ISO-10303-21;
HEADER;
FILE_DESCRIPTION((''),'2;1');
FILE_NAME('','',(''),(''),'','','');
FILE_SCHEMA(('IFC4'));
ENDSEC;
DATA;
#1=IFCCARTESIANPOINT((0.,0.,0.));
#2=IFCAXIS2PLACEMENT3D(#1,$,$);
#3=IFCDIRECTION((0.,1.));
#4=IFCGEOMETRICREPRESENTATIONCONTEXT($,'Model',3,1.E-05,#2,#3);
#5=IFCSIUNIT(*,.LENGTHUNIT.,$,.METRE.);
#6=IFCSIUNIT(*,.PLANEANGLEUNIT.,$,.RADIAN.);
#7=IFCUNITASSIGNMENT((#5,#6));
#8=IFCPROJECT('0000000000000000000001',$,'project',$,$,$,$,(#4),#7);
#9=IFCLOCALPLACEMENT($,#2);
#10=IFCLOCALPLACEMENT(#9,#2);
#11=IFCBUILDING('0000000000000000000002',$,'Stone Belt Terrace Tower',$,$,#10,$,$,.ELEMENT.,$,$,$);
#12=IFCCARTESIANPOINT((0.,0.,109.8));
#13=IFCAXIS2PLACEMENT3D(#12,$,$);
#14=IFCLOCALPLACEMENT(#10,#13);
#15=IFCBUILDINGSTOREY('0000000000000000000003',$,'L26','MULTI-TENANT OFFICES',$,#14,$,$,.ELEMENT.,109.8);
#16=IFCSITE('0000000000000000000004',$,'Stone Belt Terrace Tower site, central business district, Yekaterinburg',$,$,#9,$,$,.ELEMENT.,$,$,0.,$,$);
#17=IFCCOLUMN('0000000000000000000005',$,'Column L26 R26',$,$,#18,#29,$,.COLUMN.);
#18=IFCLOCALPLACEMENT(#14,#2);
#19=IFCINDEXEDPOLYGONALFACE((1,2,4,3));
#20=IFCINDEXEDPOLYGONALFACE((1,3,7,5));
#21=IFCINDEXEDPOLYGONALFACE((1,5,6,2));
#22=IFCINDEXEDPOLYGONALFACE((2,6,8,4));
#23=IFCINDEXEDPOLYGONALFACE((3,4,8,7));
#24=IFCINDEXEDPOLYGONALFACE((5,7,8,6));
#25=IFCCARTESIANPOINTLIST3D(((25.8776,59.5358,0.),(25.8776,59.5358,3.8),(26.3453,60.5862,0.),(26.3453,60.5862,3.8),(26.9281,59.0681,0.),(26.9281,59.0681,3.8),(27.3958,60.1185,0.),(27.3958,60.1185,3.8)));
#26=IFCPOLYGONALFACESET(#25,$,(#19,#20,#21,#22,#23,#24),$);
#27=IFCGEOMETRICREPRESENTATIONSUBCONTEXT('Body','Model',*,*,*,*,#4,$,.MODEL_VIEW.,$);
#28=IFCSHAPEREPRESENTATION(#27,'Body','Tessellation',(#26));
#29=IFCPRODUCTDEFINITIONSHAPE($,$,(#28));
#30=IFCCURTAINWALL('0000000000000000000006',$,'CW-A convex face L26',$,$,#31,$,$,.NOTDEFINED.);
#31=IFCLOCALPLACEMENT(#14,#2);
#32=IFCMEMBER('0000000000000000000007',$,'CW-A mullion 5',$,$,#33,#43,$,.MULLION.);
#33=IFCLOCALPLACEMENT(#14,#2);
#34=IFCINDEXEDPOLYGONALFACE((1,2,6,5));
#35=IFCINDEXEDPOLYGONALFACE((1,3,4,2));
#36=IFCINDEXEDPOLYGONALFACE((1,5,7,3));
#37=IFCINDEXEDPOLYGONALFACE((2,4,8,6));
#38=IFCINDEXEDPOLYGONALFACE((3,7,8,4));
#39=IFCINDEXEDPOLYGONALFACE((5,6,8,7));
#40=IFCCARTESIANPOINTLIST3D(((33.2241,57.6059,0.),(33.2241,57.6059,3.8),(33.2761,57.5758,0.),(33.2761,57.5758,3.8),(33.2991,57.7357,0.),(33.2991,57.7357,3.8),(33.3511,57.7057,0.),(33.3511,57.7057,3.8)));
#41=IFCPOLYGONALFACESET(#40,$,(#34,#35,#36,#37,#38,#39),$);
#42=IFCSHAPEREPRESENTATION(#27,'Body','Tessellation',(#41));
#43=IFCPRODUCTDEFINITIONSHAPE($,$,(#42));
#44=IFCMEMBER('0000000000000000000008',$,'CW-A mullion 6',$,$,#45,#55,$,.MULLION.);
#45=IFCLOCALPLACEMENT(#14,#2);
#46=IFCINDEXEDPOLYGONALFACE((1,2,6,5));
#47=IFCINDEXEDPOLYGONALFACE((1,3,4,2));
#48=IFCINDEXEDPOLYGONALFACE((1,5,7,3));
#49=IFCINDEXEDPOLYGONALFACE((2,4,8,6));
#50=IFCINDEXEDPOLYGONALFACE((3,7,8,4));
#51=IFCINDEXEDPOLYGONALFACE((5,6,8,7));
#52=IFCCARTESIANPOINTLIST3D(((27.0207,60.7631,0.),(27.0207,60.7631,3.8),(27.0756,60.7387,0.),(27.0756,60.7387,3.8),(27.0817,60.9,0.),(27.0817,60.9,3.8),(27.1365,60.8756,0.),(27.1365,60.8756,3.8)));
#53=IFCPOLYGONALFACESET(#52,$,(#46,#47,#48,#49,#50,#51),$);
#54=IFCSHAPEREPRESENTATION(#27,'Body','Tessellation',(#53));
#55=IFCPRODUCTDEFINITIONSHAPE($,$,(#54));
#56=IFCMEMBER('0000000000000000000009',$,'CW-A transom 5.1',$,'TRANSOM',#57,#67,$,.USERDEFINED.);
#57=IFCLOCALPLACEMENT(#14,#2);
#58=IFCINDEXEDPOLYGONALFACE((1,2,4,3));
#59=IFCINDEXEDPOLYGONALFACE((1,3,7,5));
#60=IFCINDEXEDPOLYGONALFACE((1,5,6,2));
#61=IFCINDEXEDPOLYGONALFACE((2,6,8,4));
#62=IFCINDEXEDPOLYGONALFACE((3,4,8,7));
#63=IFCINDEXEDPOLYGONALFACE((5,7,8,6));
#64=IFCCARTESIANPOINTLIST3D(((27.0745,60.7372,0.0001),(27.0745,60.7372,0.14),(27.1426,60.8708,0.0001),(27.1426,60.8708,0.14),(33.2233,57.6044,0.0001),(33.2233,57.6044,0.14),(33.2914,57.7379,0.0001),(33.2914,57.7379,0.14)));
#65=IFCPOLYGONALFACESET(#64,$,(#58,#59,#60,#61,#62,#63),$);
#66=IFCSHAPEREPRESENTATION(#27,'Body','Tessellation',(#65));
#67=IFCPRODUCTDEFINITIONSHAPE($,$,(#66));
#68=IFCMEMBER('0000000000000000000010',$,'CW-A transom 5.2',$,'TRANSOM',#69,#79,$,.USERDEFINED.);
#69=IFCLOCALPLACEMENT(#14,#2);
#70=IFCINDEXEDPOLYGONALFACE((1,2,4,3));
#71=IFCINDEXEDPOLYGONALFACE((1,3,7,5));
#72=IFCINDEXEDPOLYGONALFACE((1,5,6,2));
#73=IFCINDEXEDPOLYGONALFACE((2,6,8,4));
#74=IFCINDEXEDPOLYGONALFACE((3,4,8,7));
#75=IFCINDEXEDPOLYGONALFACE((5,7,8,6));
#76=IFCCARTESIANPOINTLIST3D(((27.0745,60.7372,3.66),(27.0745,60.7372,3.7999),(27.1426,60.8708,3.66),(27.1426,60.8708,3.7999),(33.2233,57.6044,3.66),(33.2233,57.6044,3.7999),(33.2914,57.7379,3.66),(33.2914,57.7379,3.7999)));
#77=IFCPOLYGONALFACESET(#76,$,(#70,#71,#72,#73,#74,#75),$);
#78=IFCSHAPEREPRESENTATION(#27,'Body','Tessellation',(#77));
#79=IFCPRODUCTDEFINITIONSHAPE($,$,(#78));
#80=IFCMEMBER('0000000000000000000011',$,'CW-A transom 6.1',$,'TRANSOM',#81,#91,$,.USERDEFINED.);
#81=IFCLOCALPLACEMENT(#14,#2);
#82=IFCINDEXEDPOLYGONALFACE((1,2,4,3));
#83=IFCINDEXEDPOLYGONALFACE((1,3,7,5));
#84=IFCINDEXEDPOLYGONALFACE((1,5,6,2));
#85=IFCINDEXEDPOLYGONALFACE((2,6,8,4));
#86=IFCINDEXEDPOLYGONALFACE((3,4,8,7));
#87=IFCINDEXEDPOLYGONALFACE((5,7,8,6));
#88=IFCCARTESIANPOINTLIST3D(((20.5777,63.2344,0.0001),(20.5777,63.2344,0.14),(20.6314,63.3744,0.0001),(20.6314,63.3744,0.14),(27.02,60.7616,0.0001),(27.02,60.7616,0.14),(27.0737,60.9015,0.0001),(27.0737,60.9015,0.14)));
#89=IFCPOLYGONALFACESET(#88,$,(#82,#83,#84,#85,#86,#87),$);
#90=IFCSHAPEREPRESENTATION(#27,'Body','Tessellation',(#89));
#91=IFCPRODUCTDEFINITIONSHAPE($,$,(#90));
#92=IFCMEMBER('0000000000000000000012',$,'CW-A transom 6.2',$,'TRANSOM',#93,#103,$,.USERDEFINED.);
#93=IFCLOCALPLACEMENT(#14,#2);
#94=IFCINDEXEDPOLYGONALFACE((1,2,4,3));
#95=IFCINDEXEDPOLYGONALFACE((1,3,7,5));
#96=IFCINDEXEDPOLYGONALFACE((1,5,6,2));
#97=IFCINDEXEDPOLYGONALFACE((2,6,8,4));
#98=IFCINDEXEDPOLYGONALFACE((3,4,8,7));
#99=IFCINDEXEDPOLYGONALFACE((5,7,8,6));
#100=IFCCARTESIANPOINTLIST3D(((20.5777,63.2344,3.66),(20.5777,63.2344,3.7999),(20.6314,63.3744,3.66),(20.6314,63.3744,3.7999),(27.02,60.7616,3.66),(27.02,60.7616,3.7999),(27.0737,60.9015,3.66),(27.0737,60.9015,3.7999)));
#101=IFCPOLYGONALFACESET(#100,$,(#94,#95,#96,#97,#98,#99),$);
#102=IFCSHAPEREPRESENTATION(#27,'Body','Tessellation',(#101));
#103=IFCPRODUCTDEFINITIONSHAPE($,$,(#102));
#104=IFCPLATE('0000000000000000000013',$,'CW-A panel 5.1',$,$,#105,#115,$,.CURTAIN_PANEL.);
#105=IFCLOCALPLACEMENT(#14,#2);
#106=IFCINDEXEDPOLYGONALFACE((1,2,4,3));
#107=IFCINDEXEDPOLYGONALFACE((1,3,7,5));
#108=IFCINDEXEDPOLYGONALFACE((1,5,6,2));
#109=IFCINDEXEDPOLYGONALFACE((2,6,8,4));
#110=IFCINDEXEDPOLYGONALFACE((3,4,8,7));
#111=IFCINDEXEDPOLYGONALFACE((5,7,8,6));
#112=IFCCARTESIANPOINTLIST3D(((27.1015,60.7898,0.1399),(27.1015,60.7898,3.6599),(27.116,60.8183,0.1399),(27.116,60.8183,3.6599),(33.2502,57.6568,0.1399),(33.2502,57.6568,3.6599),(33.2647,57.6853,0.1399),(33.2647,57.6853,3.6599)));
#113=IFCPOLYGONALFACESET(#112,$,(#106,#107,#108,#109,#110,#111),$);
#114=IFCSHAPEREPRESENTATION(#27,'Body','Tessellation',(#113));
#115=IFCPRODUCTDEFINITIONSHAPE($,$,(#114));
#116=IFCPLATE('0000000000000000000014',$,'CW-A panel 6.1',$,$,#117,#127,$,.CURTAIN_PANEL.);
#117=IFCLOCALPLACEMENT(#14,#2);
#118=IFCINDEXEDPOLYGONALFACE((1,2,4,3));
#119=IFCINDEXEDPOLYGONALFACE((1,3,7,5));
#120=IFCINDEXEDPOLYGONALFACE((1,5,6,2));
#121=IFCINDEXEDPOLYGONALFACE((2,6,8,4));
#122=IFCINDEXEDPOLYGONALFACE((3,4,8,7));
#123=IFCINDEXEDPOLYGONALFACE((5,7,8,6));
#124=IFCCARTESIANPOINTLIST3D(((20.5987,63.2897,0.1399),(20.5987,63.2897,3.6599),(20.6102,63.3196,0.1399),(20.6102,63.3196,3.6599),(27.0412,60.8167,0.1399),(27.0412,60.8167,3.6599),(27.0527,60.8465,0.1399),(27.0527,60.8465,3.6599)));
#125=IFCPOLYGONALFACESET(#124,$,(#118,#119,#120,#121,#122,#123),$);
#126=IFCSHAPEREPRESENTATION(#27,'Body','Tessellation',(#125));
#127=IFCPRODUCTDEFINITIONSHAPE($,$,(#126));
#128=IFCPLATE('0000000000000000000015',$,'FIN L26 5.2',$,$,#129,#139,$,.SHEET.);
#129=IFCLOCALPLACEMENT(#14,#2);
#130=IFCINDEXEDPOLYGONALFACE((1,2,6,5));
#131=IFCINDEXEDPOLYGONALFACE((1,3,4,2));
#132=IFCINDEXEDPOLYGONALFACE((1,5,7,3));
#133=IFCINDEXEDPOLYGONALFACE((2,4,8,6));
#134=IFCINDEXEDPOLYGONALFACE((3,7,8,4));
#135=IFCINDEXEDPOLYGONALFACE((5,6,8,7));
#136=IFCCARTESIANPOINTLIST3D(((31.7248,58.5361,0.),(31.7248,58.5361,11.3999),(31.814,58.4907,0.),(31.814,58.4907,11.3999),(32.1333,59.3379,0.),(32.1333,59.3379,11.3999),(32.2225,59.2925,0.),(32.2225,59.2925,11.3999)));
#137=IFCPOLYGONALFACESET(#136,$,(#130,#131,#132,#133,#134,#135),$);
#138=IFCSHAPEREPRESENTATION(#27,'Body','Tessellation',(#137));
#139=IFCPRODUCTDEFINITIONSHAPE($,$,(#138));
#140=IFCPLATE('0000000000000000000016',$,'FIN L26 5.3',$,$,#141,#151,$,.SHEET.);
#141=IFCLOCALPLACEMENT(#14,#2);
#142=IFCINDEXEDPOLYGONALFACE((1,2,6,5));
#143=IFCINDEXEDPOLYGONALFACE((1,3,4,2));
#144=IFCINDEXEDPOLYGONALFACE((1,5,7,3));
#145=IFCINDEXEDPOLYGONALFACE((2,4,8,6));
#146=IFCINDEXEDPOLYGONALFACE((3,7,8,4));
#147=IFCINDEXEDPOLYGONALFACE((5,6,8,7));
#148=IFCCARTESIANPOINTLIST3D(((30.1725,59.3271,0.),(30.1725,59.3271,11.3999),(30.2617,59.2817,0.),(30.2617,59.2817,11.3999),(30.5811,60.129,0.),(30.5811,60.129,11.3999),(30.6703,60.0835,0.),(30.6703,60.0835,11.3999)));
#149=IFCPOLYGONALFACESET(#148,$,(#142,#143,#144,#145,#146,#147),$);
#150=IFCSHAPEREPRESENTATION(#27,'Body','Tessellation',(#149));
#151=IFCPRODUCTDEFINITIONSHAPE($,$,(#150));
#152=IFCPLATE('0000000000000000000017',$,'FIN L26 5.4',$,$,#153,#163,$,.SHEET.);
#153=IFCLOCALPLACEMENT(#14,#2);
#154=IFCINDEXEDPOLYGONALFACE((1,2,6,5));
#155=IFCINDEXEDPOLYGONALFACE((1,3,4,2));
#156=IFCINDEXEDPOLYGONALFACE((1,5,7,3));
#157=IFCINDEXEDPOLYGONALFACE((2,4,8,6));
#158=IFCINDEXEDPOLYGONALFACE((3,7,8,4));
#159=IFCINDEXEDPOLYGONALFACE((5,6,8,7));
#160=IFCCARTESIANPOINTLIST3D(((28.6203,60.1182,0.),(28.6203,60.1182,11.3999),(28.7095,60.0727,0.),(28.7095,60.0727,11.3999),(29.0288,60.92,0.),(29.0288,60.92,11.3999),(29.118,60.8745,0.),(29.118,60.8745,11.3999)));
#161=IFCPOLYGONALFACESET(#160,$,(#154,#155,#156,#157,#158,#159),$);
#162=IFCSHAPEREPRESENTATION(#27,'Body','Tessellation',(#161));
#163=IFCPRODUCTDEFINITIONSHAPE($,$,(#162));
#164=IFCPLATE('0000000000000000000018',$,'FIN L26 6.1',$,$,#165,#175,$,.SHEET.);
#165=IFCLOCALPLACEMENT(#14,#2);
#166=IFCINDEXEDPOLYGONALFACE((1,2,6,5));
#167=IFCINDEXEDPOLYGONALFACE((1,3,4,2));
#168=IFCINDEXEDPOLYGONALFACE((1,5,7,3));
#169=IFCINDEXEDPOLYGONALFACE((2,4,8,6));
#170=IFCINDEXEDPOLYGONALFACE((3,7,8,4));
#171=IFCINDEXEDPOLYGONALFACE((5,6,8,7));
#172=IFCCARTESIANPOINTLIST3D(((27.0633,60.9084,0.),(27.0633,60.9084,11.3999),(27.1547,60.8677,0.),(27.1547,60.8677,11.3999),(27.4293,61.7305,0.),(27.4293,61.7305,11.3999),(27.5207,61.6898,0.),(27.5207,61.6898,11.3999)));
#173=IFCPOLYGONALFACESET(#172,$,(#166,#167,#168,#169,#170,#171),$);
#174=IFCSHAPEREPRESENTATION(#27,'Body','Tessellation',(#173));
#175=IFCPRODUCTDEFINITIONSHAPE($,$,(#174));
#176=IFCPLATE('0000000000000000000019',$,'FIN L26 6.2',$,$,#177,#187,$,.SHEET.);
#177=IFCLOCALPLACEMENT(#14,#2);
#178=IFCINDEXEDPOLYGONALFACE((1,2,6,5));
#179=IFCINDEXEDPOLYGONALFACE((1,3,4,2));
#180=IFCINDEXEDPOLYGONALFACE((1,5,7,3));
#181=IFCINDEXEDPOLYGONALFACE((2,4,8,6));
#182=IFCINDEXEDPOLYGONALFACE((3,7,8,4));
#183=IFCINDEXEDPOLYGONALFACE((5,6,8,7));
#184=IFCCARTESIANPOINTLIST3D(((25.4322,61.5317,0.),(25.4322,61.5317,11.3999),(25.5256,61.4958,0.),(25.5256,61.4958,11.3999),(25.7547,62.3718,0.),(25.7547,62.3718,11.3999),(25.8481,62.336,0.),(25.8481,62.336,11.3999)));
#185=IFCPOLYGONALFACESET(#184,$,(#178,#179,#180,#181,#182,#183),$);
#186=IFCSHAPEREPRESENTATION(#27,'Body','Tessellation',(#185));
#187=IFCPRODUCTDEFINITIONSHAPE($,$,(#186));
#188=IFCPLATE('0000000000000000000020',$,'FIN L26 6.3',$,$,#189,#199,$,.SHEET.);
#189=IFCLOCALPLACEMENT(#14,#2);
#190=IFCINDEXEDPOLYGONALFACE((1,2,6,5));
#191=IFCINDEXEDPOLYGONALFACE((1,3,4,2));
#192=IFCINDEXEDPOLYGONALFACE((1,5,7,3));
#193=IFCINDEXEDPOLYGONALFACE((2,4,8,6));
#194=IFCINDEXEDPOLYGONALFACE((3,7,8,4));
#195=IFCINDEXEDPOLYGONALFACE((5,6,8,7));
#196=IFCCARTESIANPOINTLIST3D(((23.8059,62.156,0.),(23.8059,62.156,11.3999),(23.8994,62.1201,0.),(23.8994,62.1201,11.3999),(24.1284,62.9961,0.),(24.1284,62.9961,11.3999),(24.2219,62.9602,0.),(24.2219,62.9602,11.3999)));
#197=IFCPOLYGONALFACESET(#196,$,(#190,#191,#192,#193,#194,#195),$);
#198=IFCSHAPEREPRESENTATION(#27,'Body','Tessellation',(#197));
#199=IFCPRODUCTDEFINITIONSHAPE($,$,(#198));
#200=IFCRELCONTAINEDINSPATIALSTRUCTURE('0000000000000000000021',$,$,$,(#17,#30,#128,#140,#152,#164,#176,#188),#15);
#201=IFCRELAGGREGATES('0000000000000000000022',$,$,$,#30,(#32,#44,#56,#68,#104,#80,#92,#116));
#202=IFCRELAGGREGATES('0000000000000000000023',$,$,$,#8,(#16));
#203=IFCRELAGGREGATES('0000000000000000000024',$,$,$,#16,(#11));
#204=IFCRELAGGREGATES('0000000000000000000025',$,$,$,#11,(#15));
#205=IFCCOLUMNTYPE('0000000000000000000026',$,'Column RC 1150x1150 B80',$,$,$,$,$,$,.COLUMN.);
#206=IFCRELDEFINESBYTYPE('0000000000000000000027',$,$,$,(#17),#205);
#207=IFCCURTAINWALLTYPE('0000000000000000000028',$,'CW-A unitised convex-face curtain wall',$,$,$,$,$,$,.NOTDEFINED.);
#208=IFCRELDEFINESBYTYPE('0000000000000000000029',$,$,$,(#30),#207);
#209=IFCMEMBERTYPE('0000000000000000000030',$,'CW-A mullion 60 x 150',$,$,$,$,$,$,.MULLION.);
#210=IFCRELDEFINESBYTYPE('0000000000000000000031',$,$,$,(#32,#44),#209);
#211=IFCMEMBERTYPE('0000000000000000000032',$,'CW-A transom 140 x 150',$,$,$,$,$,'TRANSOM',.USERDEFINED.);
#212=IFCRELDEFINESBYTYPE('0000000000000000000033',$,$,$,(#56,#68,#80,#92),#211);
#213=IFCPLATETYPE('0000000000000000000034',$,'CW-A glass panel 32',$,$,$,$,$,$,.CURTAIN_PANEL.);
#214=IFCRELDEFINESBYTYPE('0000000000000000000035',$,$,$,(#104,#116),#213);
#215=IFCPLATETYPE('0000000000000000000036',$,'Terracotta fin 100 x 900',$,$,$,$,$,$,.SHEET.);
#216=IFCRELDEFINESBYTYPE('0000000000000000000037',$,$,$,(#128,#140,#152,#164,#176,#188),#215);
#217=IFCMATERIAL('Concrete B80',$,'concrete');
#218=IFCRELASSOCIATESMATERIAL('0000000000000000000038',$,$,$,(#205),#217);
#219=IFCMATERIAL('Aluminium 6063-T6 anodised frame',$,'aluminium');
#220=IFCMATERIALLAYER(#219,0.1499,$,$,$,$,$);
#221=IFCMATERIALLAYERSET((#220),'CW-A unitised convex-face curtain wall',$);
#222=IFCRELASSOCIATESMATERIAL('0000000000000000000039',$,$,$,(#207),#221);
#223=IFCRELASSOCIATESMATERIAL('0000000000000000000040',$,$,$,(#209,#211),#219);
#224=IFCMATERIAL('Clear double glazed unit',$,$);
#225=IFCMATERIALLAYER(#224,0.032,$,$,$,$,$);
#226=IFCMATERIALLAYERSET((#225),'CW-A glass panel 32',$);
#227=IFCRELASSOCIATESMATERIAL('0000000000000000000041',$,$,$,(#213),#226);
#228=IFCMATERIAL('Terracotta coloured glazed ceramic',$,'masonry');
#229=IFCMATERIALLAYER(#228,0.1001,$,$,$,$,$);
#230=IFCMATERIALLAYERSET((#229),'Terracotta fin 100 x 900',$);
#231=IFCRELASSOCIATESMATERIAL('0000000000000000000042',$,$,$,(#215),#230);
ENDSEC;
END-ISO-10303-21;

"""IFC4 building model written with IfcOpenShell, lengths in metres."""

from ifc_helpers import new_model, si_unit, direction, frame, origin, origin_2d, place, context, subcontext, project, spatial, rectangle, extrude, material, layer, layer_set, material_profile, profile_set, type_object, element, aggregate, save


model = new_model("IFC4")

# Units and contexts
model_context = context("Model", 3, precision=1e-05, world=origin(), true_north=direction((0.0, 1.0)))
body_context = subcontext(model_context, "Body", "Model", "MODEL_VIEW")
ifc_project = project(units=[si_unit("LENGTHUNIT", "METRE"), si_unit("PLANEANGLEUNIT", "RADIAN")], contexts=[model_context])

# Site, building, storey
site_placement = place(None, origin())
site = spatial("IfcSite", under=ifc_project, at=site_placement, Name="Stone Belt Terrace Tower site, central business district, Yekaterinburg", CompositionType="ELEMENT", RefElevation=0.0)
building_placement = place(site_placement, origin())
building = spatial("IfcBuilding", under=site, at=building_placement, Name="Stone Belt Terrace Tower", CompositionType="ELEMENT")
storey_placement = place(building_placement, frame((0.0, 0.0, 109.8)))
storey = spatial("IfcBuildingStorey", under=building, at=storey_placement, Name="L26", Description="MULTI-TENANT OFFICES", CompositionType="ELEMENT", Elevation=109.8)

# Column
ifc_material_1 = material(Name="Concrete B80", Category="concrete")
ifc_material_profile_1 = material_profile(ifc_material_1, rectangle(XDim=1.1499, YDim=1.1499, at=origin_2d()), Name="RC 1150x1150")
ifc_profile_set_1 = profile_set([ifc_material_profile_1], Name="Concrete B80")
column_type = type_object("IfcColumnType", Name="Column RC 1150x1150 B80", PredefinedType="COLUMN", material=ifc_profile_set_1)
column_placement = place(storey_placement, frame((26.6367, 59.8271, 0.0), z_axis=(0.0, 0.0, 1.0), x_axis=(0.913545, -0.406737, 0.0)))
element("IfcColumn", 1, at=column_placement, inside=storey, type_object=column_type, Name="Column L26 R26", PredefinedType="COLUMN", context=body_context, shape_type="SweptSolid", body=[
    extrude(rectangle(XDim=1.1499, YDim=1.1499, at=origin_2d()), origin(), (0.0, 0.0, 1.0), 3.8),
])

# Curtain wall, members, plates
ifc_material_2 = material(Name="Aluminium 6063-T6 anodised frame", Category="aluminium")
ifc_layer_1 = layer(ifc_material_2, 0.1499)
ifc_layer_set_1 = layer_set([ifc_layer_1], Name="CW-A unitised convex-face curtain wall")
curtain_wall_type = type_object("IfcCurtainWallType", Name="CW-A unitised convex-face curtain wall", PredefinedType="NOTDEFINED", material=ifc_layer_set_1)
curtain_wall_placement = place(storey_placement, origin())
curtain_wall = element("IfcCurtainWall", 2, at=curtain_wall_placement, inside=storey, type_object=curtain_wall_type, Name="CW-A convex face L26", PredefinedType="NOTDEFINED")
ifc_material_profile_2 = material_profile(ifc_material_2, rectangle(XDim=0.1499, YDim=0.0601, at=origin_2d()), Name="Aluminium 6063-T6 60x150")
ifc_profile_set_2 = profile_set([ifc_material_profile_2], Name="Aluminium 6063-T6 anodised frame")
member_type_1 = type_object("IfcMemberType", Name="CW-A mullion 60 x 150", PredefinedType="MULLION", material=ifc_profile_set_2)
member_1_placement = place(storey_placement, frame((33.2876, 57.6558, 0.0), z_axis=(0.0, 0.0, 1.0), x_axis=(-0.5, -0.866025, 0.0)))
member_1 = element("IfcMember", 3, at=member_1_placement, type_object=member_type_1, Name="CW-A mullion 5", PredefinedType="MULLION", context=body_context, shape_type="SweptSolid", body=[
    extrude(rectangle(XDim=0.1499, YDim=0.0601, at=origin_2d()), origin(), (0.0, 0.0, 1.0), 3.8),
])
member_2_placement = place(storey_placement, frame((27.0786, 60.8193, 0.0), z_axis=(0.0, 0.0, 1.0), x_axis=(-0.406737, -0.913545, 0.0)))
member_2 = element("IfcMember", 4, at=member_2_placement, type_object=member_type_1, Name="CW-A mullion 6", PredefinedType="MULLION", context=body_context, shape_type="SweptSolid", body=[
    extrude(rectangle(XDim=0.1499, YDim=0.0601, at=origin_2d()), origin(), (0.0, 0.0, 1.0), 3.8),
])
ifc_material_profile_3 = material_profile(ifc_material_2, rectangle(XDim=0.1499, YDim=0.1399, at=origin_2d()), Name="Aluminium 6063-T6 150x140")
ifc_profile_set_3 = profile_set([ifc_material_profile_3], Name="Aluminium 6063-T6 anodised frame")
member_type_2 = type_object("IfcMemberType", Name="CW-A transom 140 x 150", ElementType="TRANSOM", PredefinedType="USERDEFINED", material=ifc_profile_set_3)
member_3_placement = place(storey_placement, frame((33.2573, 57.6711, 0.0701), z_axis=(-0.891012, 0.453979, 0.0), x_axis=(-0.453979, -0.891012, 0.0)))
member_3 = element("IfcMember", 5, at=member_3_placement, type_object=member_type_2, Name="CW-A transom 5.1", ObjectType="TRANSOM", PredefinedType="USERDEFINED", context=body_context, shape_type="SweptSolid", body=[
    extrude(rectangle(XDim=0.1499, YDim=0.1399, at=origin_2d()), origin(), (0.0, 0.0, 1.0), 6.9009),
])
member_4_placement = place(storey_placement, frame((33.2573, 57.6711, 3.73), z_axis=(-0.891012, 0.453979, 0.0), x_axis=(-0.453979, -0.891012, 0.0)))
member_4 = element("IfcMember", 6, at=member_4_placement, type_object=member_type_2, Name="CW-A transom 5.2", ObjectType="TRANSOM", PredefinedType="USERDEFINED", context=body_context, shape_type="SweptSolid", body=[
    extrude(rectangle(XDim=0.1499, YDim=0.1399, at=origin_2d()), origin(), (0.0, 0.0, 1.0), 6.9009),
])
member_5_placement = place(storey_placement, frame((27.0469, 60.8315, 0.0701), z_axis=(-0.933585, 0.358355, 0.0), x_axis=(-0.358355, -0.933585, 0.0)))
member_5 = element("IfcMember", 7, at=member_5_placement, type_object=member_type_2, Name="CW-A transom 6.1", ObjectType="TRANSOM", PredefinedType="USERDEFINED", context=body_context, shape_type="SweptSolid", body=[
    extrude(rectangle(XDim=0.1499, YDim=0.1399, at=origin_2d()), origin(), (0.0, 0.0, 1.0), 6.9006),
])
member_6_placement = place(storey_placement, frame((27.0469, 60.8315, 3.73), z_axis=(-0.933585, 0.358355, 0.0), x_axis=(-0.358355, -0.933585, 0.0)))
member_6 = element("IfcMember", 8, at=member_6_placement, type_object=member_type_2, Name="CW-A transom 6.2", ObjectType="TRANSOM", PredefinedType="USERDEFINED", context=body_context, shape_type="SweptSolid", body=[
    extrude(rectangle(XDim=0.1499, YDim=0.1399, at=origin_2d()), origin(), (0.0, 0.0, 1.0), 6.9006),
])
ifc_material_3 = material(Name="Clear double glazed unit")
ifc_layer_2 = layer(ifc_material_3, 0.032)
ifc_layer_set_2 = layer_set([ifc_layer_2], Name="CW-A glass panel 32")
plate_type_1 = type_object("IfcPlateType", Name="CW-A glass panel 32", PredefinedType="CURTAIN_PANEL", material=ifc_layer_set_2)
plate_1_placement = place(storey_placement, frame((30.1831, 59.2375, 0.1399), z_axis=(0.0, 0.0, 1.0), x_axis=(-0.891007, 0.45399, 0.0)))
plate_1 = element("IfcPlate", 9, at=plate_1_placement, type_object=plate_type_1, Name="CW-A panel 5.1", PredefinedType="CURTAIN_PANEL", context=body_context, shape_type="SweptSolid", body=[
    extrude(rectangle(XDim=6.9009, YDim=0.032, at=origin_2d()), origin(), (0.0, 0.0, 1.0), 3.52),
])
plate_2_placement = place(storey_placement, frame((23.8257, 62.0681, 0.1399), z_axis=(0.0, 0.0, 1.0), x_axis=(-0.93358, 0.358368, 0.0)))
plate_2 = element("IfcPlate", 10, at=plate_2_placement, type_object=plate_type_1, Name="CW-A panel 6.1", PredefinedType="CURTAIN_PANEL", context=body_context, shape_type="SweptSolid", body=[
    extrude(rectangle(XDim=6.9009, YDim=0.032, at=origin_2d()), origin(), (0.0, 0.0, 1.0), 3.52),
])
aggregate(curtain_wall, [member_1, member_2, member_3, member_4, plate_1, member_5, member_6, plate_2])

# Plates
ifc_material_4 = material(Name="Terracotta coloured glazed ceramic", Category="masonry")
ifc_layer_3 = layer(ifc_material_4, 0.1001)
ifc_layer_set_3 = layer_set([ifc_layer_3], Name="Terracotta fin 100 x 900")
plate_type_2 = type_object("IfcPlateType", Name="Terracotta fin 100 x 900", PredefinedType="SHEET", material=ifc_layer_set_3)
for number, where, z_axis, x_axis, name in (
    (11, (31.9736, 58.9143, 0.0), (0.0, 0.0, 1.0), (0.45399, 0.891007, 0.0), "FIN L26 5.2"),
    (12, (30.4214, 59.7053, 0.0), (0.0, 0.0, 1.0), (0.45399, 0.891007, 0.0), "FIN L26 5.3"),
    (13, (28.8691, 60.4963, 0.0), (0.0, 0.0, 1.0), (0.45399, 0.891007, 0.0), "FIN L26 5.4"),
    (14, (27.292, 61.2991, 0.0), (0.0, 0.0, 1.0), (0.406737, 0.913545, 0.0), "FIN L26 6.1"),
    (15, (25.6401, 61.9338, 0.0), (0.0, 0.0, 1.0), (0.358368, 0.93358, 0.0), "FIN L26 6.2"),
    (16, (24.0139, 62.5581, 0.0), (0.0, 0.0, 1.0), (0.358368, 0.93358, 0.0), "FIN L26 6.3"),
):
    element("IfcPlate", number, at=place(storey_placement, frame(where, z_axis=z_axis, x_axis=x_axis)), inside=storey, type_object=plate_type_2, Name=name, PredefinedType="SHEET", context=body_context, shape_type="SweptSolid", body=[
        extrude(rectangle(XDim=0.8999, YDim=0.1001, at=origin_2d()), origin(), (0.0, 0.0, 1.0), 11.3999),
    ])

save(model, "model.ifc")
